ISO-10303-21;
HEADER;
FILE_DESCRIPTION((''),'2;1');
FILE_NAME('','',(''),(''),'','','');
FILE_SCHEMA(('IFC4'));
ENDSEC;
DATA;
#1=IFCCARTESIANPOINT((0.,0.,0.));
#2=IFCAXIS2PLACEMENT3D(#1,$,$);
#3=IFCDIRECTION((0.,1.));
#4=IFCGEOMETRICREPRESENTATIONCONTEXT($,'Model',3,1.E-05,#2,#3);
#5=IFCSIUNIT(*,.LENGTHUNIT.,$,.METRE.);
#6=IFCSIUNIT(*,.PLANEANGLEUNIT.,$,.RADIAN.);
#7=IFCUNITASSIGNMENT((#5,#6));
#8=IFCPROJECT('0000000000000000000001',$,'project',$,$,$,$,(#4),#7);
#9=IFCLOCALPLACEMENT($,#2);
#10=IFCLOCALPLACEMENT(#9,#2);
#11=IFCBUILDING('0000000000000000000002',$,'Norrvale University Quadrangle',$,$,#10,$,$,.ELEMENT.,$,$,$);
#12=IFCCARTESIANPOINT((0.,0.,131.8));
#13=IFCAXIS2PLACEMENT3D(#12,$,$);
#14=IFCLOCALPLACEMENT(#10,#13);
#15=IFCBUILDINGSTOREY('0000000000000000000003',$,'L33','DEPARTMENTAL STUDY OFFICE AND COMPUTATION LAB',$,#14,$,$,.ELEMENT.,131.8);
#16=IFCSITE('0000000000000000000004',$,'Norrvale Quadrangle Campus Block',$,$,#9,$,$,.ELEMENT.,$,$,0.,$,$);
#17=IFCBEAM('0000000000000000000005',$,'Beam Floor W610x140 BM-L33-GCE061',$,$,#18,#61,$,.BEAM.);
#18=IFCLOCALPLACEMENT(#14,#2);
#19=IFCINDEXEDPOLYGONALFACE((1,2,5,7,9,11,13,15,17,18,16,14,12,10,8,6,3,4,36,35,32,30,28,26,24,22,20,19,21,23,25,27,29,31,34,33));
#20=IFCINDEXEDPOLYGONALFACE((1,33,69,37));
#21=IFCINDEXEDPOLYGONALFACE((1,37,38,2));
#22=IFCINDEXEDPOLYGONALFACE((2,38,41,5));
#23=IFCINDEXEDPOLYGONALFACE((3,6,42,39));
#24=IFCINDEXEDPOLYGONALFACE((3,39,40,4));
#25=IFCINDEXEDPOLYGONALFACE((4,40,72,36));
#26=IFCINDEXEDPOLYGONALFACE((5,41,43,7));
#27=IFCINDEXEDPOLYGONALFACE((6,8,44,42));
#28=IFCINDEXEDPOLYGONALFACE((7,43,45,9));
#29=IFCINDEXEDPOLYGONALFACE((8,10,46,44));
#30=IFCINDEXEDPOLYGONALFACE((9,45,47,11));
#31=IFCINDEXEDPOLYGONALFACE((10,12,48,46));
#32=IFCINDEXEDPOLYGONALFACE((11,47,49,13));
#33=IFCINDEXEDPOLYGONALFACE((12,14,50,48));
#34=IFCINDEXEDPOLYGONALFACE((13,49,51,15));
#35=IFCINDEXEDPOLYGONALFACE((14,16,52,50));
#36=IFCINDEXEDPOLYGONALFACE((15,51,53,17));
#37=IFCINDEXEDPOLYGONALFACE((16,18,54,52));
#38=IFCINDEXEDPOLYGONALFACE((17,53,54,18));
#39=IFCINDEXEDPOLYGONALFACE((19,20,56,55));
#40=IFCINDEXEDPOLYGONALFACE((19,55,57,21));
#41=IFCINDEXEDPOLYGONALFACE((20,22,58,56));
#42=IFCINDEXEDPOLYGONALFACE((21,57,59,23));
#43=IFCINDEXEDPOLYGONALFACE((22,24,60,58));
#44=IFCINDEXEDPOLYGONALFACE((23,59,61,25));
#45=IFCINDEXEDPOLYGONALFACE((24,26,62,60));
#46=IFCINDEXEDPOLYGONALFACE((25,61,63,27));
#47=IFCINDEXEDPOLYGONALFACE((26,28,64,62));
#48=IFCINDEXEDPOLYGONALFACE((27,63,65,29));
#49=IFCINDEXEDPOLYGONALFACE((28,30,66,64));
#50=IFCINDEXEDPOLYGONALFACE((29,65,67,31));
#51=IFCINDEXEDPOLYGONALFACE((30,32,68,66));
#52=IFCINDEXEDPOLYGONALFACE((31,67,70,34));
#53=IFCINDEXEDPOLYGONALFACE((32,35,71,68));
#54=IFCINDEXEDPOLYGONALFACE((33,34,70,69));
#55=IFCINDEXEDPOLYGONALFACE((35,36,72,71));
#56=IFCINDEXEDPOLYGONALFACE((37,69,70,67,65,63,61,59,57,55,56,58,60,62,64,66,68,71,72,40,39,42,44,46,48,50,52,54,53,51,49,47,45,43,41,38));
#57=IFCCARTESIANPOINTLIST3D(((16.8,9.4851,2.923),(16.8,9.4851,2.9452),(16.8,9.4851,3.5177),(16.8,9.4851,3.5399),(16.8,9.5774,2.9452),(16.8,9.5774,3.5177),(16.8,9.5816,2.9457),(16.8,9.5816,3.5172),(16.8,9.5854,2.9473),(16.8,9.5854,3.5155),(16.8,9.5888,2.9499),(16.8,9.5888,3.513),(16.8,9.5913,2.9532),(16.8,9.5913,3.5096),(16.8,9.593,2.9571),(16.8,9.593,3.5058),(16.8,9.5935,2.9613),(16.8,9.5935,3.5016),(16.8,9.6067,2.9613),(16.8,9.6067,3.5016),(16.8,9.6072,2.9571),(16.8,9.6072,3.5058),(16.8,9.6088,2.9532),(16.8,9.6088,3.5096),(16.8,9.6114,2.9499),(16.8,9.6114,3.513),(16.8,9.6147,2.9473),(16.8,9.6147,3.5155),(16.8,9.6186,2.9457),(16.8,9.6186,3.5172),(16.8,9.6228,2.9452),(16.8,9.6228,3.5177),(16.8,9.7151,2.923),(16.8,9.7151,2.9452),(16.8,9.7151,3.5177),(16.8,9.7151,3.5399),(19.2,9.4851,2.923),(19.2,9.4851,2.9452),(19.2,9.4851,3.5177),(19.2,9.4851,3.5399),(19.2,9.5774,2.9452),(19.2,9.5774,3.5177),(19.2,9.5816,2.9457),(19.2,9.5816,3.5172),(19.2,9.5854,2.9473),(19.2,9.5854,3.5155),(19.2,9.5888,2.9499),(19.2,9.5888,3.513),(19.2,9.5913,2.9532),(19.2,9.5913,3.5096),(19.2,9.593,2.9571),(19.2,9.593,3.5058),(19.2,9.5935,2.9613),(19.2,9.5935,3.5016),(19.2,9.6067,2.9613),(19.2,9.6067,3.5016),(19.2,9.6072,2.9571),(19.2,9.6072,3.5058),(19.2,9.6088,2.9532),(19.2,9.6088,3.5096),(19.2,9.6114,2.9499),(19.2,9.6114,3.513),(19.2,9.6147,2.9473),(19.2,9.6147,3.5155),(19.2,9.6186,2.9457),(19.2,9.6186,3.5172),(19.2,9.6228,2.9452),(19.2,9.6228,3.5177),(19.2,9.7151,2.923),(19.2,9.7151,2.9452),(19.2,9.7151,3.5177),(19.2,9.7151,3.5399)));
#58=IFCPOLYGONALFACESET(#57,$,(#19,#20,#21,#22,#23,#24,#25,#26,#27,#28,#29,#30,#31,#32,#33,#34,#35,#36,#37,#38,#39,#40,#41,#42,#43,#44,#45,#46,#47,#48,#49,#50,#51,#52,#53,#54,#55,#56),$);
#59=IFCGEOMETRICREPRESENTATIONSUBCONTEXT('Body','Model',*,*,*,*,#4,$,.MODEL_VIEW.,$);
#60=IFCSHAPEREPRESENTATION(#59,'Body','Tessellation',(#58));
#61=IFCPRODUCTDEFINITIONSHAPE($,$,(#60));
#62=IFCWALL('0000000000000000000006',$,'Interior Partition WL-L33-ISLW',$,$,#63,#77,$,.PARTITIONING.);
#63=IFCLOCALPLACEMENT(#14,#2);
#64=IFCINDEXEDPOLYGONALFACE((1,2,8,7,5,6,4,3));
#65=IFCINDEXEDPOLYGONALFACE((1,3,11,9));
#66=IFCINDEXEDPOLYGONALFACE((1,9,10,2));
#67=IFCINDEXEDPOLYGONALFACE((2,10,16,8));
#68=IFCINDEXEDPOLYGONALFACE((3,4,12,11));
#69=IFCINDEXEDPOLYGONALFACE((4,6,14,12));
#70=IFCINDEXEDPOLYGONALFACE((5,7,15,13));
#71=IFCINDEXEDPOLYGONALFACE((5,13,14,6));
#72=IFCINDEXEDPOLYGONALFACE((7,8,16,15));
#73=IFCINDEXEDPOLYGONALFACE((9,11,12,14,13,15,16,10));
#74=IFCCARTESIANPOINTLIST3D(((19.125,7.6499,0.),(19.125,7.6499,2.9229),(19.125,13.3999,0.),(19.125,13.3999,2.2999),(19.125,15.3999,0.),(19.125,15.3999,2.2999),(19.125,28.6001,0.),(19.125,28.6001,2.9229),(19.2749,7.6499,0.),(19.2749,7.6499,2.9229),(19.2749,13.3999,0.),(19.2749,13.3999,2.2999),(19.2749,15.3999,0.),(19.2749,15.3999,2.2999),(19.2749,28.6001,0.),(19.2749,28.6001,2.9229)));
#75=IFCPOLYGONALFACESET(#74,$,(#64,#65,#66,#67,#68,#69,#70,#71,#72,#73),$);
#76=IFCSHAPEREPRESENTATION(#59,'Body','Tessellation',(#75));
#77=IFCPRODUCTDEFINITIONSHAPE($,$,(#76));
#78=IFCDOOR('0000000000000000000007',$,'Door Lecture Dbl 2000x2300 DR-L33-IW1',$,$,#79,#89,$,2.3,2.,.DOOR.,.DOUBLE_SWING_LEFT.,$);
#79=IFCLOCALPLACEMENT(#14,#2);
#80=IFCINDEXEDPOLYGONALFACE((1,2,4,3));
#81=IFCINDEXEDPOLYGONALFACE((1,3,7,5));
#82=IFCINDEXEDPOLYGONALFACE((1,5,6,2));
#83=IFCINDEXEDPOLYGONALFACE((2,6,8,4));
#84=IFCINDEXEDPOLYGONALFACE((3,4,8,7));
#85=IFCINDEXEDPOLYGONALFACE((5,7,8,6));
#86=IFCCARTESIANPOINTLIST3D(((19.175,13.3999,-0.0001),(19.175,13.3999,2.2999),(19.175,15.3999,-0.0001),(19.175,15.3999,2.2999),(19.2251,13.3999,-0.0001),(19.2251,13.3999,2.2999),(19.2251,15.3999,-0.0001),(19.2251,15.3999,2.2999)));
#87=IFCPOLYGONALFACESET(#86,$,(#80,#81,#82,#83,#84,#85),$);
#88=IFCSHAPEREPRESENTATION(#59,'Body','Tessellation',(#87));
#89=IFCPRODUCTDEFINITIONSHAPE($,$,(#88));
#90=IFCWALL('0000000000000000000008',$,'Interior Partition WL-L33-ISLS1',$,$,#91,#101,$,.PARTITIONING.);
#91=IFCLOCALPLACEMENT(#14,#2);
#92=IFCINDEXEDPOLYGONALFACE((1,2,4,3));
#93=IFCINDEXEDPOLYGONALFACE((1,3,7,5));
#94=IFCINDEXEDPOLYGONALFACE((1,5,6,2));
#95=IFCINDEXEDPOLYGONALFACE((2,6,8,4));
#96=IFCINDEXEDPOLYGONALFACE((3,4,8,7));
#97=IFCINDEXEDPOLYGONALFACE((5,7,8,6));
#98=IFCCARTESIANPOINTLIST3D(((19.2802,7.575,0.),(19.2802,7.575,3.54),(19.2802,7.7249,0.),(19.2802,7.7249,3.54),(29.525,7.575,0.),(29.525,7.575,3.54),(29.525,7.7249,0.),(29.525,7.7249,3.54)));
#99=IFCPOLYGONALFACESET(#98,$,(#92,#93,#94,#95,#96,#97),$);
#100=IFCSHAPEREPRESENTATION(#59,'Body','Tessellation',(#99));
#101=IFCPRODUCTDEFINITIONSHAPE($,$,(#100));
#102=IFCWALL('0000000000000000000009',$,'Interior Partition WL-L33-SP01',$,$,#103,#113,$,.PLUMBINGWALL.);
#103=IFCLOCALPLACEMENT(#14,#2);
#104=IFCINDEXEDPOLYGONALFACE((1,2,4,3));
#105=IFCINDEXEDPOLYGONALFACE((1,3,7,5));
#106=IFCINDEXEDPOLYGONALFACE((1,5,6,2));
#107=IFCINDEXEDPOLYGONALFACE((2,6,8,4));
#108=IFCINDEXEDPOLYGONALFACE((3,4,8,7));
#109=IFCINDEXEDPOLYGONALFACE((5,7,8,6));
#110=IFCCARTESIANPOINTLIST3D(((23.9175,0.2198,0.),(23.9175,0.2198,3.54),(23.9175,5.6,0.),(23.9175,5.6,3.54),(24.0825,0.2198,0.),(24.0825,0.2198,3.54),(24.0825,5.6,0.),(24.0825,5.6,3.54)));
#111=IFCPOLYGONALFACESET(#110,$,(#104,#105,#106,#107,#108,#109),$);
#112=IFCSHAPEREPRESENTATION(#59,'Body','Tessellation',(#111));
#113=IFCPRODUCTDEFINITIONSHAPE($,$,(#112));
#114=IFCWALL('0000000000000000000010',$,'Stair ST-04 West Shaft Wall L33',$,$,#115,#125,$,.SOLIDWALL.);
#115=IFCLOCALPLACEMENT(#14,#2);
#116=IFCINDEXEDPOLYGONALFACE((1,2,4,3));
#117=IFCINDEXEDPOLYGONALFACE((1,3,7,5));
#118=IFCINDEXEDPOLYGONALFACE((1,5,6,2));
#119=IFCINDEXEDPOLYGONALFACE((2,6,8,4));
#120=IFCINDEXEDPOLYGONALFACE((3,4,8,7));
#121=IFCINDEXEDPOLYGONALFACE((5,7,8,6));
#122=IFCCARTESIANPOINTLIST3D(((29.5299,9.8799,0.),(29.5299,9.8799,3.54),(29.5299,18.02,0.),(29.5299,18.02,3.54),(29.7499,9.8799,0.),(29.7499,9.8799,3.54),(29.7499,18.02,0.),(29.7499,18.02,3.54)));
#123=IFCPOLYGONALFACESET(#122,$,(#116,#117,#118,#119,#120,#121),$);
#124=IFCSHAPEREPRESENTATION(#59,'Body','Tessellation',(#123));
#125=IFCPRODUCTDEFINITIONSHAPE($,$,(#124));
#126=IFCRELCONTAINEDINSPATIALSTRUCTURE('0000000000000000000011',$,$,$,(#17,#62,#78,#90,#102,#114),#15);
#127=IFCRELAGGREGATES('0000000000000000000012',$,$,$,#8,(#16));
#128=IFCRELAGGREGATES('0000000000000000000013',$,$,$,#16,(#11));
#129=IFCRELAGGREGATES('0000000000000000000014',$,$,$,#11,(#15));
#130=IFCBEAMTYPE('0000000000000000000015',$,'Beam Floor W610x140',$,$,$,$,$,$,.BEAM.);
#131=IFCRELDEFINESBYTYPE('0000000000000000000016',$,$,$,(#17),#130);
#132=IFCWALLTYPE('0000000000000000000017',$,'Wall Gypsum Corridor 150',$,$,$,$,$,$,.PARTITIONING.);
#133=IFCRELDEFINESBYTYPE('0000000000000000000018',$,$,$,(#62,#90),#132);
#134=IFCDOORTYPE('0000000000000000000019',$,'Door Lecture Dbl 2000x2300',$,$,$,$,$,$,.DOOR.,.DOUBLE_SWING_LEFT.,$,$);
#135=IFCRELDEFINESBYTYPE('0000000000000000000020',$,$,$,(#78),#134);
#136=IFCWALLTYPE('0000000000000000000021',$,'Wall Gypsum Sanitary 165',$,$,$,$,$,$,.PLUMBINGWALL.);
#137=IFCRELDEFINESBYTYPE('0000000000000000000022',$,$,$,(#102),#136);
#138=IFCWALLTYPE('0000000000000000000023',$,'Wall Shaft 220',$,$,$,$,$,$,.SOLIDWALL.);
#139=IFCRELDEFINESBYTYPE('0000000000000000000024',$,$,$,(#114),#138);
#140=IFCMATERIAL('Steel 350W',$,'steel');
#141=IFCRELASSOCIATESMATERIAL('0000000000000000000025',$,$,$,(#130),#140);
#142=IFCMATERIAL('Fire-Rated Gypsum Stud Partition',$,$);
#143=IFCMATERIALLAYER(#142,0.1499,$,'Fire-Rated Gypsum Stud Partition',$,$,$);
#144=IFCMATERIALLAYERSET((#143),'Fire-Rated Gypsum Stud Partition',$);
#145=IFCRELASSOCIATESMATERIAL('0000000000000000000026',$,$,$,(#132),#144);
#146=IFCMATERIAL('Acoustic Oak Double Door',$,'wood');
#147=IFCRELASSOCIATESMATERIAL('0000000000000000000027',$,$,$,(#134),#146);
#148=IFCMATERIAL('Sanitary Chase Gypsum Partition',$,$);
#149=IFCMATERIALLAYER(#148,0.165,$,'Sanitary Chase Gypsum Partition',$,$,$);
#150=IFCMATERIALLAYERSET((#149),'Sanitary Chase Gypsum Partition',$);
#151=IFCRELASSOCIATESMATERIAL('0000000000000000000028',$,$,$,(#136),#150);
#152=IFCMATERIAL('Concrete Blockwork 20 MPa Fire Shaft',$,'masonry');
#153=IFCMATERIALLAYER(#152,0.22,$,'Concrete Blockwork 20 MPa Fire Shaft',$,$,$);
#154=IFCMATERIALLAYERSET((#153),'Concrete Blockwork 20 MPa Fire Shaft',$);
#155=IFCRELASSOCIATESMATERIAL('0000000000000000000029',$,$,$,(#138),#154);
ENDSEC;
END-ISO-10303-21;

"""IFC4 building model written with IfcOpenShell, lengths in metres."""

from ifc_helpers import new_model, si_unit, direction, frame, frame_2d, origin, origin_2d, place, context, subcontext, project, spatial, rectangle, i_section, extrude, material, layer, layer_set, material_profile, profile_set, type_object, element, fill, save


model = new_model("IFC4")

# Units and contexts
model_context = context("Model", 3, precision=1e-05, world=origin(), true_north=direction((0.0, 1.0)))
body_context = subcontext(model_context, "Body", "Model", "MODEL_VIEW")
ifc_project = project(units=[si_unit("LENGTHUNIT", "METRE"), si_unit("PLANEANGLEUNIT", "RADIAN")], contexts=[model_context])

# Site, building, storey
site_placement = place(None, origin())
site = spatial("IfcSite", under=ifc_project, at=site_placement, Name="Norrvale Quadrangle Campus Block", CompositionType="ELEMENT", RefElevation=0.0)
building_placement = place(site_placement, origin())
building = spatial("IfcBuilding", under=site, at=building_placement, Name="Norrvale University Quadrangle", CompositionType="ELEMENT")
storey_placement = place(building_placement, frame((0.0, 0.0, 131.8)))
storey = spatial("IfcBuildingStorey", under=building, at=storey_placement, Name="L33", Description="DEPARTMENTAL STUDY OFFICE AND COMPUTATION LAB", CompositionType="ELEMENT", Elevation=131.8)

# Beam
ifc_material_1 = material(Name="Steel 350W", Category="steel")
ifc_material_profile_1 = material_profile(ifc_material_1, i_section(OverallWidth=0.23, OverallDepth=0.6169, WebThickness=0.0132, FlangeThickness=0.0222, FilletRadius=0.0161, at=origin_2d()), Name="Steel 350W")
ifc_profile_set_1 = profile_set([ifc_material_profile_1], Name="Steel 350W")
beam_type_1 = type_object("IfcBeamType", Name="Beam Floor W610x140", PredefinedType="BEAM", material=ifc_profile_set_1)
beam_1_placement = place(storey_placement, frame((16.8, 9.6001, 3.2314), z_axis=(1.0, 0.0, 0.0), x_axis=(0.0, 1.0, 0.0)))
element("IfcBeam", 1, at=beam_1_placement, inside=storey, type_object=beam_type_1, Name="Beam Floor W610x140 BM-L33-GCE061", PredefinedType="BEAM", context=body_context, shape_type="SweptSolid", body=[
    extrude(i_section(OverallWidth=0.23, OverallDepth=0.6169, WebThickness=0.0132, FlangeThickness=0.0222, FilletRadius=0.0161, at=origin_2d()), origin(), (0.0, 0.0, 1.0), 2.3999),
])

# Wall, opening, door
ifc_material_2 = material(Name="Fire-Rated Gypsum Stud Partition")
ifc_layer_1 = layer(ifc_material_2, 0.1499, Name="Fire-Rated Gypsum Stud Partition")
ifc_layer_set_1 = layer_set([ifc_layer_1], Name="Fire-Rated Gypsum Stud Partition")
wall_type_1 = type_object("IfcWallType", Name="Wall Gypsum Corridor 150", PredefinedType="PARTITIONING", material=ifc_layer_set_1)
wall_1_placement = place(storey_placement, frame((19.2, 7.6499, 0.0), z_axis=(0.0, 0.0, 1.0), x_axis=(0.0, 1.0, 0.0)))
wall_1 = element("IfcWall", 2, at=wall_1_placement, inside=storey, type_object=wall_type_1, Name="Interior Partition WL-L33-ISLW", PredefinedType="PARTITIONING", context=body_context, shape_type="SweptSolid", body=[
    extrude(rectangle(XDim=20.9502, YDim=0.1499, at=frame_2d((10.4751, 0.0))), origin(), (0.0, 0.0, 1.0), 2.9229),
])
opening_placement = place(wall_1_placement, frame((5.75, 0.0, 0.0)))
opening = element("IfcOpeningElement", 3, at=opening_placement, cuts=wall_1, PredefinedType="OPENING", context=body_context, shape_type="SweptSolid", body=[
    extrude(rectangle(XDim=2.0, YDim=2.3, at=frame_2d((1.0, 1.1499))), frame((0.0, 0.0869, 0.0), z_axis=(0.0, -1.0, 0.0), x_axis=(1.0, 0.0, 0.0)), (0.0, 0.0, 1.0), 0.1738),
])
ifc_material_3 = material(Name="Acoustic Oak Double Door", Category="wood")
door_type = type_object("IfcDoorType", Name="Door Lecture Dbl 2000x2300", OperationType="DOUBLE_SWING_LEFT", PredefinedType="DOOR", material=ifc_material_3)
door_placement = place(opening_placement, origin())
door = element("IfcDoor", 4, at=door_placement, inside=storey, type_object=door_type, Name="Door Lecture Dbl 2000x2300 DR-L33-IW1", OperationType="DOUBLE_SWING_LEFT", OverallHeight=2.3, OverallWidth=2.0, PredefinedType="DOOR", context=body_context, shape_type="SweptSolid", body=[
    extrude(rectangle(XDim=2.0, YDim=2.3, at=frame_2d((1.0, 1.1499))), frame((0.0, 0.0249, 0.0), z_axis=(0.0, -1.0, 0.0), x_axis=(1.0, 0.0, 0.0)), (0.0, 0.0, 1.0), 0.05),
])
fill(opening, door)

# Walls
wall_2_placement = place(storey_placement, frame((19.28, 7.6499, 0.0), z_axis=(0.0, 0.0, 1.0), x_axis=(1.0, 0.0, 0.0)))
element("IfcWall", 5, at=wall_2_placement, inside=storey, type_object=wall_type_1, Name="Interior Partition WL-L33-ISLS1", PredefinedType="PARTITIONING", context=body_context, shape_type="SweptSolid", body=[
    extrude(rectangle(XDim=10.2449, YDim=0.1499, at=frame_2d((5.1226, 0.0))), origin(), (0.0, 0.0, 1.0), 3.54),
])
ifc_material_4 = material(Name="Sanitary Chase Gypsum Partition")
ifc_layer_2 = layer(ifc_material_4, 0.165, Name="Sanitary Chase Gypsum Partition")
ifc_layer_set_2 = layer_set([ifc_layer_2], Name="Sanitary Chase Gypsum Partition")
wall_type_2 = type_object("IfcWallType", Name="Wall Gypsum Sanitary 165", PredefinedType="PLUMBINGWALL", material=ifc_layer_set_2)
wall_3_placement = place(storey_placement, frame((24.0, 0.22, 0.0), z_axis=(0.0, 0.0, 1.0), x_axis=(0.0, 1.0, 0.0)))
element("IfcWall", 6, at=wall_3_placement, inside=storey, type_object=wall_type_2, Name="Interior Partition WL-L33-SP01", PredefinedType="PLUMBINGWALL", context=body_context, shape_type="SweptSolid", body=[
    extrude(rectangle(XDim=5.3801, YDim=0.165, at=frame_2d((2.6899, 0.0))), origin(), (0.0, 0.0, 1.0), 3.54),
])
ifc_material_5 = material(Name="Concrete Blockwork 20 MPa Fire Shaft", Category="masonry")
ifc_layer_3 = layer(ifc_material_5, 0.22, Name="Concrete Blockwork 20 MPa Fire Shaft")
ifc_layer_set_3 = layer_set([ifc_layer_3], Name="Concrete Blockwork 20 MPa Fire Shaft")
wall_type_3 = type_object("IfcWallType", Name="Wall Shaft 220", PredefinedType="SOLIDWALL", material=ifc_layer_set_3)
wall_4_placement = place(storey_placement, frame((29.6399, 9.8799, 0.0), z_axis=(0.0, 0.0, 1.0), x_axis=(0.0, 1.0, 0.0)))
element("IfcWall", 7, at=wall_4_placement, inside=storey, type_object=wall_type_3, Name="Stair ST-04 West Shaft Wall L33", PredefinedType="SOLIDWALL", context=body_context, shape_type="SweptSolid", body=[
    extrude(rectangle(XDim=8.1401, YDim=0.22, at=frame_2d((4.0701, 0.0))), origin(), (0.0, 0.0, 1.0), 3.54),
])

save(model, "model.ifc")
